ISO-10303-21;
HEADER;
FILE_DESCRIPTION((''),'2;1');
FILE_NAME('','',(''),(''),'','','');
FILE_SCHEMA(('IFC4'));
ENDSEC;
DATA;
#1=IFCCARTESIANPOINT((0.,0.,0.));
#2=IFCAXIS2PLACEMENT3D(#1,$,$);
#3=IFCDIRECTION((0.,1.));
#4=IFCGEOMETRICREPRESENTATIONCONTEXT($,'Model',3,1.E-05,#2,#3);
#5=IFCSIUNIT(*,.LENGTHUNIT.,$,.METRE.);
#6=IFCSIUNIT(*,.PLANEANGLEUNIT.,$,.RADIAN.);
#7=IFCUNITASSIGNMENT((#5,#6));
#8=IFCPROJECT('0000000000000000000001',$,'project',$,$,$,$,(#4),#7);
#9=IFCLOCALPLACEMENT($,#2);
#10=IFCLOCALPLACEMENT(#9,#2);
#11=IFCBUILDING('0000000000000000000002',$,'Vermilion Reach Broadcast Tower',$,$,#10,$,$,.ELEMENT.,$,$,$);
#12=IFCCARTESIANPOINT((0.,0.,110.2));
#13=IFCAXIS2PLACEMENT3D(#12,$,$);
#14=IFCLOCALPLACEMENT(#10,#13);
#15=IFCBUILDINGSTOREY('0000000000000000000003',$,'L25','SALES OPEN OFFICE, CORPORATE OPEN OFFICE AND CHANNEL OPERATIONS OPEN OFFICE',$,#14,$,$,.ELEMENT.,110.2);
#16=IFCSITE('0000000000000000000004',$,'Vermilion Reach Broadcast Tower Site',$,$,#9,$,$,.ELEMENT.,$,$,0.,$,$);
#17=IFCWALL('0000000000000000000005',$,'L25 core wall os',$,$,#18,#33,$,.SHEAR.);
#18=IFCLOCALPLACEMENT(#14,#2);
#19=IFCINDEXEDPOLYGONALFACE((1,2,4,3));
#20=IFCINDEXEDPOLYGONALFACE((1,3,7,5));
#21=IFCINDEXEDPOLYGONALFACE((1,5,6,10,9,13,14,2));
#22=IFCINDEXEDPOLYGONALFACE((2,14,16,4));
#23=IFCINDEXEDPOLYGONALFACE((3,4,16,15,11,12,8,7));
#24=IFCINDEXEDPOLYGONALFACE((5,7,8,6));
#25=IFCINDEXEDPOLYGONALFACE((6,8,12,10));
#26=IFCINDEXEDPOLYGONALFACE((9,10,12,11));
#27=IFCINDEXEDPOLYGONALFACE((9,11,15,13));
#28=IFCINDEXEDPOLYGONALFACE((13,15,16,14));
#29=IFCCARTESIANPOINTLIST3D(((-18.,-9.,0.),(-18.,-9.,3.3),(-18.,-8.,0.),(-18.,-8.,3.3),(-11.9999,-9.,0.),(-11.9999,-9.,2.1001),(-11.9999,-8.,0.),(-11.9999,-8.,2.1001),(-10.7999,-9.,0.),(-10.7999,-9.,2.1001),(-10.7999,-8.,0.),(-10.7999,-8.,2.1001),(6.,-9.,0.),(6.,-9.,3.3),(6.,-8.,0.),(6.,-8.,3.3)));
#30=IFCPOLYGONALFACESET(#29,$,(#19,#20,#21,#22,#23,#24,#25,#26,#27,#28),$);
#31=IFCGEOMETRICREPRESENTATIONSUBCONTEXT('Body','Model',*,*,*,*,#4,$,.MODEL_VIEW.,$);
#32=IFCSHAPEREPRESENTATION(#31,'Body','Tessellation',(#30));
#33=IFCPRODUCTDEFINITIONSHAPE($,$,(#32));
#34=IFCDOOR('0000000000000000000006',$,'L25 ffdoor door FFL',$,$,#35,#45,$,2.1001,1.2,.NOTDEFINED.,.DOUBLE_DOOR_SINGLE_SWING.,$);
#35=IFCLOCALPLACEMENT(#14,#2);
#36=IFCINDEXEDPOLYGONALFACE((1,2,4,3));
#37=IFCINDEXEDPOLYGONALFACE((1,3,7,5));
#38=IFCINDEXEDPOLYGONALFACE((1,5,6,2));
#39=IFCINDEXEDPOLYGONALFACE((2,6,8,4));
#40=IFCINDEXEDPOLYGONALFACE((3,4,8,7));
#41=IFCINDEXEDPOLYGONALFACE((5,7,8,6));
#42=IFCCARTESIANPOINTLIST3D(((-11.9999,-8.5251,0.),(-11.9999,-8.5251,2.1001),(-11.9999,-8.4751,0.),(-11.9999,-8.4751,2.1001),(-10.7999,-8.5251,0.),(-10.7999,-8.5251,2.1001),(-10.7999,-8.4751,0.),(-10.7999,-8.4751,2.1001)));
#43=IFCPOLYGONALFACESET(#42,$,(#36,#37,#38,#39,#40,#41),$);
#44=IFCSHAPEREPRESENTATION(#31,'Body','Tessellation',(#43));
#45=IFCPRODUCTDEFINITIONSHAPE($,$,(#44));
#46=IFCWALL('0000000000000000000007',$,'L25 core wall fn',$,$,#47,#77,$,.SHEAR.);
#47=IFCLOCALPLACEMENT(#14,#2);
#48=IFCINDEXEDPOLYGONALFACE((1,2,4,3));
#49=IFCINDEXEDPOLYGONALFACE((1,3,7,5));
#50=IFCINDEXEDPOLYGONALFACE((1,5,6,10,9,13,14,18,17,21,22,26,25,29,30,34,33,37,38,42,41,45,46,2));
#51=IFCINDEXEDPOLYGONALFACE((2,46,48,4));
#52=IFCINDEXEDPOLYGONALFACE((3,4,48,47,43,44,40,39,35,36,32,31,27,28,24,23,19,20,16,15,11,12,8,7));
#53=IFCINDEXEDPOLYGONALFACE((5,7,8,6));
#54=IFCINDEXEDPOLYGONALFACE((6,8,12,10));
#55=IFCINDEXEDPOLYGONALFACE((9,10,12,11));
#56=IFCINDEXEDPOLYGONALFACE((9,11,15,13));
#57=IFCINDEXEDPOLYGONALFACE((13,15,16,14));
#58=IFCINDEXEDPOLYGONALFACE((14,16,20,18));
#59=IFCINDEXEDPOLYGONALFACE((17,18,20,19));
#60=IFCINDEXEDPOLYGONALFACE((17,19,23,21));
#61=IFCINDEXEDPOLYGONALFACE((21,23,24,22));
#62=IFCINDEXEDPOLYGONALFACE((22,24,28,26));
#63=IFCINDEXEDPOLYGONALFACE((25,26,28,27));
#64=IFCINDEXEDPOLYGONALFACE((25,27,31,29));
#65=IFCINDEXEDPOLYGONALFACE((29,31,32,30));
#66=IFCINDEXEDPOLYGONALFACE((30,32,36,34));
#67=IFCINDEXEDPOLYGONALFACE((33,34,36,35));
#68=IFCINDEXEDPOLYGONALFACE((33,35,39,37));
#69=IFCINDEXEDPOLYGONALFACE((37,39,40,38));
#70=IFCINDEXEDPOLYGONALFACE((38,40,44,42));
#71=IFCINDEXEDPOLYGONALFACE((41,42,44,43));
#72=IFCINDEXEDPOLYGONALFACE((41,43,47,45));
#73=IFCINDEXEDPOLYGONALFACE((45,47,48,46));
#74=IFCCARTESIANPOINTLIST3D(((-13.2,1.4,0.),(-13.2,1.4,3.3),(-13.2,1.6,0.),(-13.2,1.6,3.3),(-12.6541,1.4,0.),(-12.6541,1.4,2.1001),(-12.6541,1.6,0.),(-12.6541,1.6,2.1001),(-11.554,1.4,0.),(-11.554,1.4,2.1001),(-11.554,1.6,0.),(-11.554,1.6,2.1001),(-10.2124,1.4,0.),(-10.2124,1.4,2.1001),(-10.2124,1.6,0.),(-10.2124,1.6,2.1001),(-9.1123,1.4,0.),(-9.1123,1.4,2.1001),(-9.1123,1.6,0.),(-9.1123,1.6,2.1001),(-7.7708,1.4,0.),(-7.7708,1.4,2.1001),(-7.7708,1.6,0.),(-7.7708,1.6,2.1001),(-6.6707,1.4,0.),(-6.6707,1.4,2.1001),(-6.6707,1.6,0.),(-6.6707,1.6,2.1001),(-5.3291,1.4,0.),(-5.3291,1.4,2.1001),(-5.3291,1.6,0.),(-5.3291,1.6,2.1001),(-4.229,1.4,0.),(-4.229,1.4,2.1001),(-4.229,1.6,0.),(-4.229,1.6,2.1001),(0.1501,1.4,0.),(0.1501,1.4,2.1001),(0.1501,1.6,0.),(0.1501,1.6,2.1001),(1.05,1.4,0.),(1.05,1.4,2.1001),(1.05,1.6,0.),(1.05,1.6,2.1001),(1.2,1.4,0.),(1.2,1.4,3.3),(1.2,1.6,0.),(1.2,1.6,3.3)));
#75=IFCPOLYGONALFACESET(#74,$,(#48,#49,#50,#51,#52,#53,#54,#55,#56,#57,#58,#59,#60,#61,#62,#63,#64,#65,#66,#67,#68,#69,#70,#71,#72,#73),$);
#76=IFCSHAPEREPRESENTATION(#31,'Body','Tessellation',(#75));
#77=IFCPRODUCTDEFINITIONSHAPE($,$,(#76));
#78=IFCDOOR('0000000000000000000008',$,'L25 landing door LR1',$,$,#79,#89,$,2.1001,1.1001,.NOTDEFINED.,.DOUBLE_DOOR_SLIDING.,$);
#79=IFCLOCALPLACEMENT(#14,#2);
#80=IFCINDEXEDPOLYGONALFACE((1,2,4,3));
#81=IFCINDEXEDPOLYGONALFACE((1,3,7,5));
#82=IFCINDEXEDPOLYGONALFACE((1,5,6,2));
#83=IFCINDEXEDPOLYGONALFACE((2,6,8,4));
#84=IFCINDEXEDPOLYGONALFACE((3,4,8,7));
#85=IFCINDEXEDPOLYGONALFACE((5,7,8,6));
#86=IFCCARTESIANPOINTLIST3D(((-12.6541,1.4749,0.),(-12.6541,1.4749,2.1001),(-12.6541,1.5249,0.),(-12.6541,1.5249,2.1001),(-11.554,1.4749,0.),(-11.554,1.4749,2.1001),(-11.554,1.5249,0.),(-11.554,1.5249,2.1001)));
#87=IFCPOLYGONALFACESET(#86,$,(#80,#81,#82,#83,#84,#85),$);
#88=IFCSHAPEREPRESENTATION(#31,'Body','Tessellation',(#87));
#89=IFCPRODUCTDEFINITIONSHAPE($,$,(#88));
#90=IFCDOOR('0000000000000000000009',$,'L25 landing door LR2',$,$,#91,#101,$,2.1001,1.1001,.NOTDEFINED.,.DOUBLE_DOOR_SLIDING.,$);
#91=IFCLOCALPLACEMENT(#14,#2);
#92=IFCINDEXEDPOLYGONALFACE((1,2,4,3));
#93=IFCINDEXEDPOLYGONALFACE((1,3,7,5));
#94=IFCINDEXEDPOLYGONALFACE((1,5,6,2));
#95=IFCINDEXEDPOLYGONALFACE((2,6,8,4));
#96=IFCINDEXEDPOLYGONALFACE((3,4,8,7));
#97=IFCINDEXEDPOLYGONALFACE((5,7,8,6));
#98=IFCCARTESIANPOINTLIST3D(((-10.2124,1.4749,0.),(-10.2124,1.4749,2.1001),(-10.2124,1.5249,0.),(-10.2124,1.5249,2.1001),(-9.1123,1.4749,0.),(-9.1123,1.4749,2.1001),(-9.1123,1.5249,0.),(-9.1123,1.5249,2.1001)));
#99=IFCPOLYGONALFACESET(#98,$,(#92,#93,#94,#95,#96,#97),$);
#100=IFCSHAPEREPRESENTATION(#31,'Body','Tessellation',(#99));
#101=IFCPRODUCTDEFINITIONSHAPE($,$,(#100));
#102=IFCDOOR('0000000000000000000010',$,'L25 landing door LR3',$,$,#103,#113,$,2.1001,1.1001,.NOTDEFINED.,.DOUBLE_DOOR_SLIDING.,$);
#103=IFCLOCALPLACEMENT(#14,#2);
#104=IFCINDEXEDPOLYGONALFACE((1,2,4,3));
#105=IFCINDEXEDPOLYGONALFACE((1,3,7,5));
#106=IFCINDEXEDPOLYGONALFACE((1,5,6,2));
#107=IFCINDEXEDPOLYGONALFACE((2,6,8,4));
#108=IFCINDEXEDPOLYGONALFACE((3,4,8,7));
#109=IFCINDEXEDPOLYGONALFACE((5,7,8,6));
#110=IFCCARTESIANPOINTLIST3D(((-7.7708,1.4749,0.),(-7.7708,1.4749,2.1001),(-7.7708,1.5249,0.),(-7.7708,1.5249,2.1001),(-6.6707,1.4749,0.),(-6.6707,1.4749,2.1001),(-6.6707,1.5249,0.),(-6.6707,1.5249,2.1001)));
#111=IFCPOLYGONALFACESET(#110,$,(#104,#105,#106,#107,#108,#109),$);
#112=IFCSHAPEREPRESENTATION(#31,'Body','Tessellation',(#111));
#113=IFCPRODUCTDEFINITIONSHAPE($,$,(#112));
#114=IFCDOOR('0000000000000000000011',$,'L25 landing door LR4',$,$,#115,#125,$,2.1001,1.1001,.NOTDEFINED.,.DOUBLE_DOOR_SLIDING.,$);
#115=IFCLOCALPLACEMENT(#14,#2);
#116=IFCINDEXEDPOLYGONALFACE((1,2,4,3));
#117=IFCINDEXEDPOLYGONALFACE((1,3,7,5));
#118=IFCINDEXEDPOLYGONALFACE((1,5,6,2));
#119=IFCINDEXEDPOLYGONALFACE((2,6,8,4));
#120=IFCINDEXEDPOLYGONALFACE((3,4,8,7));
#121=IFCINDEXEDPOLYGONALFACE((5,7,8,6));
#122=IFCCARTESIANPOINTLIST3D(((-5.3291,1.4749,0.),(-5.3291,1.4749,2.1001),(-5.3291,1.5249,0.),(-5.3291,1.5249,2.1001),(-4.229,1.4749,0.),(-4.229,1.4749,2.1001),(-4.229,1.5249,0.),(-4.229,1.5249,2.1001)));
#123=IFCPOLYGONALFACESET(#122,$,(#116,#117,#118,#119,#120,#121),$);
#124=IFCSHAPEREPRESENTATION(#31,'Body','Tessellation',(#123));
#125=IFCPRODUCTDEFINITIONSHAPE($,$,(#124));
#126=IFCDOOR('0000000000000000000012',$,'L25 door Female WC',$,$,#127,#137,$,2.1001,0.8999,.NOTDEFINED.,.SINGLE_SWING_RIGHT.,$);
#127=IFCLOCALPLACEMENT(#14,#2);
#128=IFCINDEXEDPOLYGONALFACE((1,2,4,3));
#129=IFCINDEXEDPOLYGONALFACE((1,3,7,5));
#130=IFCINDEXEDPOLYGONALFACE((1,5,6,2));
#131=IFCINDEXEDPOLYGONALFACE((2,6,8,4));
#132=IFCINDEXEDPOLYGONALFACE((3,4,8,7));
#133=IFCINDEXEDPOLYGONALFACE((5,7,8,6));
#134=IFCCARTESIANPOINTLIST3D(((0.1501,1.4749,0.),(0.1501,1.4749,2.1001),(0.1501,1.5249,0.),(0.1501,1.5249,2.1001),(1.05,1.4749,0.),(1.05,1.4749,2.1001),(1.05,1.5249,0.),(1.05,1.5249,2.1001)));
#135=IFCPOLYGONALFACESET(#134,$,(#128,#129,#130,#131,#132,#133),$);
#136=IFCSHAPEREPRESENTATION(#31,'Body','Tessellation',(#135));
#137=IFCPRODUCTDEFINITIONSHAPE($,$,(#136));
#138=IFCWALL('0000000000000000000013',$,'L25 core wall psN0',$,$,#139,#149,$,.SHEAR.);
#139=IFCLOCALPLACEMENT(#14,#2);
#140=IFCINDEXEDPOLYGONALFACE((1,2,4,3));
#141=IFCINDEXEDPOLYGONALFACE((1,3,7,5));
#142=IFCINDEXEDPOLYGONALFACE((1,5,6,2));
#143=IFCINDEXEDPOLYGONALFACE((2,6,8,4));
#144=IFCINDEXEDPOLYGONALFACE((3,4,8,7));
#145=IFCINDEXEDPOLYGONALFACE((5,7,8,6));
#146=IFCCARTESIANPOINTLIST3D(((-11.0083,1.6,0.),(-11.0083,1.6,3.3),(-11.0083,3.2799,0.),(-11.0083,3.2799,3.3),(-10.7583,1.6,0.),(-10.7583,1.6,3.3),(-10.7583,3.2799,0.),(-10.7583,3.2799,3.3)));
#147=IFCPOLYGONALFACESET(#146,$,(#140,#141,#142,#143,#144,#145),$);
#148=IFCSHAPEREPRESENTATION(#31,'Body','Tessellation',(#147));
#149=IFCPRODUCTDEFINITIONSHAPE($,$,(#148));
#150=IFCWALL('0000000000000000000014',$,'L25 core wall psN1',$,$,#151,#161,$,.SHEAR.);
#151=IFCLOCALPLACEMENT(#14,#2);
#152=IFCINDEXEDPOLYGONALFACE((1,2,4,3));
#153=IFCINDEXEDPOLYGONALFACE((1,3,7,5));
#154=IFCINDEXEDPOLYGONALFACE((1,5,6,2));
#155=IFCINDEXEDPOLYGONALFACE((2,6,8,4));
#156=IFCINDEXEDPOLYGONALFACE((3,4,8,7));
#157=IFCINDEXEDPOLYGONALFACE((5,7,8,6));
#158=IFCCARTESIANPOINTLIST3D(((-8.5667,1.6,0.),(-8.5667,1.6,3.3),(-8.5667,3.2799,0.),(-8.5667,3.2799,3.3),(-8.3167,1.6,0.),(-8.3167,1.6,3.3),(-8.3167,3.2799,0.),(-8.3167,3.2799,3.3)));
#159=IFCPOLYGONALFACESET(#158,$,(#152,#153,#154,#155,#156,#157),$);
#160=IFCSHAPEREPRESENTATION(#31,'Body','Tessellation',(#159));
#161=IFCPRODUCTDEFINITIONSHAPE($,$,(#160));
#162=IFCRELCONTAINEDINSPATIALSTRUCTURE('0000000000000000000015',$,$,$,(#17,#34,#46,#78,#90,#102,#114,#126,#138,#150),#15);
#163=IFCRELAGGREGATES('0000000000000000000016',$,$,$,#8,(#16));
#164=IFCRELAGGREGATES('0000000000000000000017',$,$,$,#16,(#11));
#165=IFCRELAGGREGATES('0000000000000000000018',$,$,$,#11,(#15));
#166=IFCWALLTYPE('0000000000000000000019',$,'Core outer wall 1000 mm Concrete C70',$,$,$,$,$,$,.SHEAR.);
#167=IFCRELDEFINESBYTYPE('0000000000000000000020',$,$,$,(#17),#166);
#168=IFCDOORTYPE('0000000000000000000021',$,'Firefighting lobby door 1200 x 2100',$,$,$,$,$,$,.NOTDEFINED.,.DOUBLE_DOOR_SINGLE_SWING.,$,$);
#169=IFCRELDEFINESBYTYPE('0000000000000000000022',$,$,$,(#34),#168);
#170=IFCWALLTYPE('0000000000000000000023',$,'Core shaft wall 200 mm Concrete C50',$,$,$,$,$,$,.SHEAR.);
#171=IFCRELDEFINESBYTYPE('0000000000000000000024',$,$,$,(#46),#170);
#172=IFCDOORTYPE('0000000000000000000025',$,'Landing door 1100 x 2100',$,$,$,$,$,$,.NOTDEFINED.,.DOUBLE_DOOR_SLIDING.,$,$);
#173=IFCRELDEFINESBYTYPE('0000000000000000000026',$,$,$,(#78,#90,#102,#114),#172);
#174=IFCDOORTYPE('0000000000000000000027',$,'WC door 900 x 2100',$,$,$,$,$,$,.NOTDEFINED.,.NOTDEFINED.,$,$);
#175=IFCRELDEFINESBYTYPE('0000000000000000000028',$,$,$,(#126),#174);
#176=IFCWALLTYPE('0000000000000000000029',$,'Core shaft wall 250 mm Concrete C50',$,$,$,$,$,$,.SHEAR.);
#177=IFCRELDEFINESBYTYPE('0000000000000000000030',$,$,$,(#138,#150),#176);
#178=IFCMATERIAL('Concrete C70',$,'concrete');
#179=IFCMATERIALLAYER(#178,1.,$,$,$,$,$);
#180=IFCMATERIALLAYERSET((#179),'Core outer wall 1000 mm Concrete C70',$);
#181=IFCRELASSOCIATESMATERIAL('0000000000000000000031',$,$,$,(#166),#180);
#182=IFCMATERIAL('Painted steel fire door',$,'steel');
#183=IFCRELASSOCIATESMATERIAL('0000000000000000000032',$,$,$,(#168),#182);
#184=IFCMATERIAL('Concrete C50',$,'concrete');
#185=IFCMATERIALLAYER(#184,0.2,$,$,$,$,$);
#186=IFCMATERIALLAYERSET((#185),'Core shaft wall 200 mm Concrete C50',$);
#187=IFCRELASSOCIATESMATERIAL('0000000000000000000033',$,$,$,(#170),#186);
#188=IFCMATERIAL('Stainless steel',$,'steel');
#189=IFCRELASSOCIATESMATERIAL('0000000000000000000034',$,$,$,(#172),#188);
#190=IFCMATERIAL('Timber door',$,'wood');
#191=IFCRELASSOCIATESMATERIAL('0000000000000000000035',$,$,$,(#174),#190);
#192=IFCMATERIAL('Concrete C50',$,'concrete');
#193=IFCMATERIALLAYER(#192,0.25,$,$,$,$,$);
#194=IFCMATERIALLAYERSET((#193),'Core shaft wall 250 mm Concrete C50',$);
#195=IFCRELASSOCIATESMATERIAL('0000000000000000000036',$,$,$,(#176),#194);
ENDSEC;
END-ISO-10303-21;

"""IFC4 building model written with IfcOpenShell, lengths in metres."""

from ifc_helpers import new_model, si_unit, direction, frame, frame_2d, origin, place, context, subcontext, project, spatial, rectangle, extrude, material, layer, layer_set, type_object, element, fill, save


model = new_model("IFC4")

# Units and contexts
model_context = context("Model", 3, precision=1e-05, world=origin(), true_north=direction((0.0, 1.0)))
body_context = subcontext(model_context, "Body", "Model", "MODEL_VIEW")
ifc_project = project(units=[si_unit("LENGTHUNIT", "METRE"), si_unit("PLANEANGLEUNIT", "RADIAN")], contexts=[model_context])

# Site, building, storey
site_placement = place(None, origin())
site = spatial("IfcSite", under=ifc_project, at=site_placement, Name="Vermilion Reach Broadcast Tower Site", CompositionType="ELEMENT", RefElevation=0.0)
building_placement = place(site_placement, origin())
building = spatial("IfcBuilding", under=site, at=building_placement, Name="Vermilion Reach Broadcast Tower", CompositionType="ELEMENT")
storey_placement = place(building_placement, frame((0.0, 0.0, 110.2)))
storey = spatial("IfcBuildingStorey", under=building, at=storey_placement, Name="L25", Description="SALES OPEN OFFICE, CORPORATE OPEN OFFICE AND CHANNEL OPERATIONS OPEN OFFICE", CompositionType="ELEMENT", Elevation=110.2)

# Wall, opening, door
ifc_material_1 = material(Name="Concrete C70", Category="concrete")
ifc_layer_1 = layer(ifc_material_1, 1.0)
ifc_layer_set_1 = layer_set([ifc_layer_1], Name="Core outer wall 1000 mm Concrete C70")
wall_type_1 = type_object("IfcWallType", Name="Core outer wall 1000 mm Concrete C70", PredefinedType="SHEAR", material=ifc_layer_set_1)
wall_1_placement = place(storey_placement, frame((-18.0, -8.5, 0.0), z_axis=(0.0, 0.0, 1.0), x_axis=(1.0, 0.0, 0.0)))
wall_1 = element("IfcWall", 1, at=wall_1_placement, inside=storey, type_object=wall_type_1, Name="L25 core wall os", PredefinedType="SHEAR", context=body_context, shape_type="SweptSolid", body=[
    extrude(rectangle(XDim=24.0, YDim=1.0, at=frame_2d((12.0, 0.0))), origin(), (0.0, 0.0, 1.0), 3.3),
])
opening_1_placement = place(wall_1_placement, frame((6.0, 0.0, 0.0)))
opening_1 = element("IfcOpeningElement", 2, at=opening_1_placement, cuts=wall_1, PredefinedType="OPENING", context=body_context, shape_type="SweptSolid", body=[
    extrude(rectangle(XDim=1.2, YDim=2.1001, at=frame_2d((0.6001, 1.05))), frame((0.0, 0.51, 0.0), z_axis=(0.0, -1.0, 0.0), x_axis=(1.0, 0.0, 0.0)), (0.0, 0.0, 1.0), 1.02),
])
ifc_material_2 = material(Name="Painted steel fire door", Category="steel")
door_type_1 = type_object("IfcDoorType", Name="Firefighting lobby door 1200 x 2100", OperationType="DOUBLE_DOOR_SINGLE_SWING", PredefinedType="NOTDEFINED", material=ifc_material_2)
door_1_placement = place(opening_1_placement, origin())
door_1 = element("IfcDoor", 3, at=door_1_placement, inside=storey, type_object=door_type_1, Name="L25 ffdoor door FFL", OperationType="DOUBLE_DOOR_SINGLE_SWING", OverallHeight=2.1001, OverallWidth=1.2, PredefinedType="NOTDEFINED", context=body_context, shape_type="SweptSolid", body=[
    extrude(rectangle(XDim=1.2, YDim=2.1001, at=frame_2d((0.6001, 1.05))), frame((0.0, 0.0249, 0.0), z_axis=(0.0, -1.0, 0.0), x_axis=(1.0, 0.0, 0.0)), (0.0, 0.0, 1.0), 0.05),
])
fill(opening_1, door_1)

# Wall, openings, doors
ifc_material_3 = material(Name="Concrete C50", Category="concrete")
ifc_layer_2 = layer(ifc_material_3, 0.2)
ifc_layer_set_2 = layer_set([ifc_layer_2], Name="Core shaft wall 200 mm Concrete C50")
wall_type_2 = type_object("IfcWallType", Name="Core shaft wall 200 mm Concrete C50", PredefinedType="SHEAR", material=ifc_layer_set_2)
wall_2_placement = place(storey_placement, frame((-13.2, 1.5, 0.0), z_axis=(0.0, 0.0, 1.0), x_axis=(1.0, 0.0, 0.0)))
wall_2 = element("IfcWall", 4, at=wall_2_placement, inside=storey, type_object=wall_type_2, Name="L25 core wall fn", PredefinedType="SHEAR", context=body_context, shape_type="SweptSolid", body=[
    extrude(rectangle(XDim=14.3999, YDim=0.2, at=frame_2d((7.2, 0.0))), origin(), (0.0, 0.0, 1.0), 3.3),
])
opening_2_placement = place(wall_2_placement, frame((0.5459, 0.0, 0.0)))
opening_2 = element("IfcOpeningElement", 5, at=opening_2_placement, cuts=wall_2, PredefinedType="OPENING", context=body_context, shape_type="SweptSolid", body=[
    extrude(rectangle(XDim=1.1001, YDim=2.1001, at=frame_2d((0.55, 1.05))), frame((0.0, 0.1099, 0.0), z_axis=(0.0, -1.0, 0.0), x_axis=(1.0, 0.0, 0.0)), (0.0, 0.0, 1.0), 0.22),
])
opening_3_placement = place(wall_2_placement, frame((2.9875, 0.0, 0.0)))
opening_3 = element("IfcOpeningElement", 6, at=opening_3_placement, cuts=wall_2, PredefinedType="OPENING", context=body_context, shape_type="SweptSolid", body=[
    extrude(rectangle(XDim=1.1001, YDim=2.1001, at=frame_2d((0.55, 1.05))), frame((0.0, 0.1099, 0.0), z_axis=(0.0, -1.0, 0.0), x_axis=(1.0, 0.0, 0.0)), (0.0, 0.0, 1.0), 0.22),
])
opening_4_placement = place(wall_2_placement, frame((5.4292, 0.0, 0.0)))
opening_4 = element("IfcOpeningElement", 7, at=opening_4_placement, cuts=wall_2, PredefinedType="OPENING", context=body_context, shape_type="SweptSolid", body=[
    extrude(rectangle(XDim=1.1001, YDim=2.1001, at=frame_2d((0.55, 1.05))), frame((0.0, 0.1099, 0.0), z_axis=(0.0, -1.0, 0.0), x_axis=(1.0, 0.0, 0.0)), (0.0, 0.0, 1.0), 0.22),
])
opening_5_placement = place(wall_2_placement, frame((7.8708, 0.0, 0.0)))
opening_5 = element("IfcOpeningElement", 8, at=opening_5_placement, cuts=wall_2, PredefinedType="OPENING", context=body_context, shape_type="SweptSolid", body=[
    extrude(rectangle(XDim=1.1001, YDim=2.1001, at=frame_2d((0.55, 1.05))), frame((0.0, 0.1099, 0.0), z_axis=(0.0, -1.0, 0.0), x_axis=(1.0, 0.0, 0.0)), (0.0, 0.0, 1.0), 0.22),
])
opening_6_placement = place(wall_2_placement, frame((13.3501, 0.0, 0.0)))
opening_6 = element("IfcOpeningElement", 9, at=opening_6_placement, cuts=wall_2, PredefinedType="OPENING", context=body_context, shape_type="SweptSolid", body=[
    extrude(rectangle(XDim=0.8999, YDim=2.1001, at=frame_2d((0.45, 1.05))), frame((0.0, 0.1099, 0.0), z_axis=(0.0, -1.0, 0.0), x_axis=(1.0, 0.0, 0.0)), (0.0, 0.0, 1.0), 0.22),
])
ifc_material_4 = material(Name="Stainless steel", Category="steel")
door_type_2 = type_object("IfcDoorType", Name="Landing door 1100 x 2100", OperationType="DOUBLE_DOOR_SLIDING", PredefinedType="NOTDEFINED", material=ifc_material_4)
door_2_placement = place(opening_2_placement, origin())
door_2 = element("IfcDoor", 10, at=door_2_placement, inside=storey, type_object=door_type_2, Name="L25 landing door LR1", OperationType="DOUBLE_DOOR_SLIDING", OverallHeight=2.1001, OverallWidth=1.1001, PredefinedType="NOTDEFINED", context=body_context, shape_type="SweptSolid", body=[
    extrude(rectangle(XDim=1.1001, YDim=2.1001, at=frame_2d((0.55, 1.05))), frame((0.0, 0.0249, 0.0), z_axis=(0.0, -1.0, 0.0), x_axis=(1.0, 0.0, 0.0)), (0.0, 0.0, 1.0), 0.05),
])
fill(opening_2, door_2)
door_3_placement = place(opening_3_placement, origin())
door_3 = element("IfcDoor", 11, at=door_3_placement, inside=storey, type_object=door_type_2, Name="L25 landing door LR2", OperationType="DOUBLE_DOOR_SLIDING", OverallHeight=2.1001, OverallWidth=1.1001, PredefinedType="NOTDEFINED", context=body_context, shape_type="SweptSolid", body=[
    extrude(rectangle(XDim=1.1001, YDim=2.1001, at=frame_2d((0.55, 1.05))), frame((0.0, 0.0249, 0.0), z_axis=(0.0, -1.0, 0.0), x_axis=(1.0, 0.0, 0.0)), (0.0, 0.0, 1.0), 0.05),
])
fill(opening_3, door_3)
door_4_placement = place(opening_4_placement, origin())
door_4 = element("IfcDoor", 12, at=door_4_placement, inside=storey, type_object=door_type_2, Name="L25 landing door LR3", OperationType="DOUBLE_DOOR_SLIDING", OverallHeight=2.1001, OverallWidth=1.1001, PredefinedType="NOTDEFINED", context=body_context, shape_type="SweptSolid", body=[
    extrude(rectangle(XDim=1.1001, YDim=2.1001, at=frame_2d((0.55, 1.05))), frame((0.0, 0.0249, 0.0), z_axis=(0.0, -1.0, 0.0), x_axis=(1.0, 0.0, 0.0)), (0.0, 0.0, 1.0), 0.05),
])
fill(opening_4, door_4)
door_5_placement = place(opening_5_placement, origin())
door_5 = element("IfcDoor", 13, at=door_5_placement, inside=storey, type_object=door_type_2, Name="L25 landing door LR4", OperationType="DOUBLE_DOOR_SLIDING", OverallHeight=2.1001, OverallWidth=1.1001, PredefinedType="NOTDEFINED", context=body_context, shape_type="SweptSolid", body=[
    extrude(rectangle(XDim=1.1001, YDim=2.1001, at=frame_2d((0.55, 1.05))), frame((0.0, 0.0249, 0.0), z_axis=(0.0, -1.0, 0.0), x_axis=(1.0, 0.0, 0.0)), (0.0, 0.0, 1.0), 0.05),
])
fill(opening_5, door_5)
ifc_material_5 = material(Name="Timber door", Category="wood")
door_type_3 = type_object("IfcDoorType", Name="WC door 900 x 2100", OperationType="NOTDEFINED", PredefinedType="NOTDEFINED", material=ifc_material_5)
door_6_placement = place(opening_6_placement, origin())
door_6 = element("IfcDoor", 14, at=door_6_placement, inside=storey, type_object=door_type_3, Name="L25 door Female WC", OperationType="SINGLE_SWING_RIGHT", OverallHeight=2.1001, OverallWidth=0.8999, PredefinedType="NOTDEFINED", context=body_context, shape_type="SweptSolid", body=[
    extrude(rectangle(XDim=0.8999, YDim=2.1001, at=frame_2d((0.45, 1.05))), frame((0.0, 0.0249, 0.0), z_axis=(0.0, -1.0, 0.0), x_axis=(1.0, 0.0, 0.0)), (0.0, 0.0, 1.0), 0.05),
])
fill(opening_6, door_6)

# Walls
ifc_material_6 = material(Name="Concrete C50", Category="concrete")
ifc_layer_3 = layer(ifc_material_6, 0.25)
ifc_layer_set_3 = layer_set([ifc_layer_3], Name="Core shaft wall 250 mm Concrete C50")
wall_type_3 = type_object("IfcWallType", Name="Core shaft wall 250 mm Concrete C50", PredefinedType="SHEAR", material=ifc_layer_set_3)
for number, where, z_axis, x_axis, name in (
    (15, (-10.8833, 1.6001, 0.0), (0.0, 0.0, 1.0), (0.0, 1.0, 0.0), "L25 core wall psN0"),
    (16, (-8.4417, 1.6001, 0.0), (0.0, 0.0, 1.0), (0.0, 1.0, 0.0), "L25 core wall psN1"),
):
    element("IfcWall", number, at=place(storey_placement, frame(where, z_axis=z_axis, x_axis=x_axis)), inside=storey, type_object=wall_type_3, Name=name, PredefinedType="SHEAR", context=body_context, shape_type="SweptSolid", body=[
        extrude(rectangle(XDim=1.6799, YDim=0.25, at=frame_2d((0.8398, 0.0))), origin(), (0.0, 0.0, 1.0), 3.3),
    ])

save(model, "model.ifc")
